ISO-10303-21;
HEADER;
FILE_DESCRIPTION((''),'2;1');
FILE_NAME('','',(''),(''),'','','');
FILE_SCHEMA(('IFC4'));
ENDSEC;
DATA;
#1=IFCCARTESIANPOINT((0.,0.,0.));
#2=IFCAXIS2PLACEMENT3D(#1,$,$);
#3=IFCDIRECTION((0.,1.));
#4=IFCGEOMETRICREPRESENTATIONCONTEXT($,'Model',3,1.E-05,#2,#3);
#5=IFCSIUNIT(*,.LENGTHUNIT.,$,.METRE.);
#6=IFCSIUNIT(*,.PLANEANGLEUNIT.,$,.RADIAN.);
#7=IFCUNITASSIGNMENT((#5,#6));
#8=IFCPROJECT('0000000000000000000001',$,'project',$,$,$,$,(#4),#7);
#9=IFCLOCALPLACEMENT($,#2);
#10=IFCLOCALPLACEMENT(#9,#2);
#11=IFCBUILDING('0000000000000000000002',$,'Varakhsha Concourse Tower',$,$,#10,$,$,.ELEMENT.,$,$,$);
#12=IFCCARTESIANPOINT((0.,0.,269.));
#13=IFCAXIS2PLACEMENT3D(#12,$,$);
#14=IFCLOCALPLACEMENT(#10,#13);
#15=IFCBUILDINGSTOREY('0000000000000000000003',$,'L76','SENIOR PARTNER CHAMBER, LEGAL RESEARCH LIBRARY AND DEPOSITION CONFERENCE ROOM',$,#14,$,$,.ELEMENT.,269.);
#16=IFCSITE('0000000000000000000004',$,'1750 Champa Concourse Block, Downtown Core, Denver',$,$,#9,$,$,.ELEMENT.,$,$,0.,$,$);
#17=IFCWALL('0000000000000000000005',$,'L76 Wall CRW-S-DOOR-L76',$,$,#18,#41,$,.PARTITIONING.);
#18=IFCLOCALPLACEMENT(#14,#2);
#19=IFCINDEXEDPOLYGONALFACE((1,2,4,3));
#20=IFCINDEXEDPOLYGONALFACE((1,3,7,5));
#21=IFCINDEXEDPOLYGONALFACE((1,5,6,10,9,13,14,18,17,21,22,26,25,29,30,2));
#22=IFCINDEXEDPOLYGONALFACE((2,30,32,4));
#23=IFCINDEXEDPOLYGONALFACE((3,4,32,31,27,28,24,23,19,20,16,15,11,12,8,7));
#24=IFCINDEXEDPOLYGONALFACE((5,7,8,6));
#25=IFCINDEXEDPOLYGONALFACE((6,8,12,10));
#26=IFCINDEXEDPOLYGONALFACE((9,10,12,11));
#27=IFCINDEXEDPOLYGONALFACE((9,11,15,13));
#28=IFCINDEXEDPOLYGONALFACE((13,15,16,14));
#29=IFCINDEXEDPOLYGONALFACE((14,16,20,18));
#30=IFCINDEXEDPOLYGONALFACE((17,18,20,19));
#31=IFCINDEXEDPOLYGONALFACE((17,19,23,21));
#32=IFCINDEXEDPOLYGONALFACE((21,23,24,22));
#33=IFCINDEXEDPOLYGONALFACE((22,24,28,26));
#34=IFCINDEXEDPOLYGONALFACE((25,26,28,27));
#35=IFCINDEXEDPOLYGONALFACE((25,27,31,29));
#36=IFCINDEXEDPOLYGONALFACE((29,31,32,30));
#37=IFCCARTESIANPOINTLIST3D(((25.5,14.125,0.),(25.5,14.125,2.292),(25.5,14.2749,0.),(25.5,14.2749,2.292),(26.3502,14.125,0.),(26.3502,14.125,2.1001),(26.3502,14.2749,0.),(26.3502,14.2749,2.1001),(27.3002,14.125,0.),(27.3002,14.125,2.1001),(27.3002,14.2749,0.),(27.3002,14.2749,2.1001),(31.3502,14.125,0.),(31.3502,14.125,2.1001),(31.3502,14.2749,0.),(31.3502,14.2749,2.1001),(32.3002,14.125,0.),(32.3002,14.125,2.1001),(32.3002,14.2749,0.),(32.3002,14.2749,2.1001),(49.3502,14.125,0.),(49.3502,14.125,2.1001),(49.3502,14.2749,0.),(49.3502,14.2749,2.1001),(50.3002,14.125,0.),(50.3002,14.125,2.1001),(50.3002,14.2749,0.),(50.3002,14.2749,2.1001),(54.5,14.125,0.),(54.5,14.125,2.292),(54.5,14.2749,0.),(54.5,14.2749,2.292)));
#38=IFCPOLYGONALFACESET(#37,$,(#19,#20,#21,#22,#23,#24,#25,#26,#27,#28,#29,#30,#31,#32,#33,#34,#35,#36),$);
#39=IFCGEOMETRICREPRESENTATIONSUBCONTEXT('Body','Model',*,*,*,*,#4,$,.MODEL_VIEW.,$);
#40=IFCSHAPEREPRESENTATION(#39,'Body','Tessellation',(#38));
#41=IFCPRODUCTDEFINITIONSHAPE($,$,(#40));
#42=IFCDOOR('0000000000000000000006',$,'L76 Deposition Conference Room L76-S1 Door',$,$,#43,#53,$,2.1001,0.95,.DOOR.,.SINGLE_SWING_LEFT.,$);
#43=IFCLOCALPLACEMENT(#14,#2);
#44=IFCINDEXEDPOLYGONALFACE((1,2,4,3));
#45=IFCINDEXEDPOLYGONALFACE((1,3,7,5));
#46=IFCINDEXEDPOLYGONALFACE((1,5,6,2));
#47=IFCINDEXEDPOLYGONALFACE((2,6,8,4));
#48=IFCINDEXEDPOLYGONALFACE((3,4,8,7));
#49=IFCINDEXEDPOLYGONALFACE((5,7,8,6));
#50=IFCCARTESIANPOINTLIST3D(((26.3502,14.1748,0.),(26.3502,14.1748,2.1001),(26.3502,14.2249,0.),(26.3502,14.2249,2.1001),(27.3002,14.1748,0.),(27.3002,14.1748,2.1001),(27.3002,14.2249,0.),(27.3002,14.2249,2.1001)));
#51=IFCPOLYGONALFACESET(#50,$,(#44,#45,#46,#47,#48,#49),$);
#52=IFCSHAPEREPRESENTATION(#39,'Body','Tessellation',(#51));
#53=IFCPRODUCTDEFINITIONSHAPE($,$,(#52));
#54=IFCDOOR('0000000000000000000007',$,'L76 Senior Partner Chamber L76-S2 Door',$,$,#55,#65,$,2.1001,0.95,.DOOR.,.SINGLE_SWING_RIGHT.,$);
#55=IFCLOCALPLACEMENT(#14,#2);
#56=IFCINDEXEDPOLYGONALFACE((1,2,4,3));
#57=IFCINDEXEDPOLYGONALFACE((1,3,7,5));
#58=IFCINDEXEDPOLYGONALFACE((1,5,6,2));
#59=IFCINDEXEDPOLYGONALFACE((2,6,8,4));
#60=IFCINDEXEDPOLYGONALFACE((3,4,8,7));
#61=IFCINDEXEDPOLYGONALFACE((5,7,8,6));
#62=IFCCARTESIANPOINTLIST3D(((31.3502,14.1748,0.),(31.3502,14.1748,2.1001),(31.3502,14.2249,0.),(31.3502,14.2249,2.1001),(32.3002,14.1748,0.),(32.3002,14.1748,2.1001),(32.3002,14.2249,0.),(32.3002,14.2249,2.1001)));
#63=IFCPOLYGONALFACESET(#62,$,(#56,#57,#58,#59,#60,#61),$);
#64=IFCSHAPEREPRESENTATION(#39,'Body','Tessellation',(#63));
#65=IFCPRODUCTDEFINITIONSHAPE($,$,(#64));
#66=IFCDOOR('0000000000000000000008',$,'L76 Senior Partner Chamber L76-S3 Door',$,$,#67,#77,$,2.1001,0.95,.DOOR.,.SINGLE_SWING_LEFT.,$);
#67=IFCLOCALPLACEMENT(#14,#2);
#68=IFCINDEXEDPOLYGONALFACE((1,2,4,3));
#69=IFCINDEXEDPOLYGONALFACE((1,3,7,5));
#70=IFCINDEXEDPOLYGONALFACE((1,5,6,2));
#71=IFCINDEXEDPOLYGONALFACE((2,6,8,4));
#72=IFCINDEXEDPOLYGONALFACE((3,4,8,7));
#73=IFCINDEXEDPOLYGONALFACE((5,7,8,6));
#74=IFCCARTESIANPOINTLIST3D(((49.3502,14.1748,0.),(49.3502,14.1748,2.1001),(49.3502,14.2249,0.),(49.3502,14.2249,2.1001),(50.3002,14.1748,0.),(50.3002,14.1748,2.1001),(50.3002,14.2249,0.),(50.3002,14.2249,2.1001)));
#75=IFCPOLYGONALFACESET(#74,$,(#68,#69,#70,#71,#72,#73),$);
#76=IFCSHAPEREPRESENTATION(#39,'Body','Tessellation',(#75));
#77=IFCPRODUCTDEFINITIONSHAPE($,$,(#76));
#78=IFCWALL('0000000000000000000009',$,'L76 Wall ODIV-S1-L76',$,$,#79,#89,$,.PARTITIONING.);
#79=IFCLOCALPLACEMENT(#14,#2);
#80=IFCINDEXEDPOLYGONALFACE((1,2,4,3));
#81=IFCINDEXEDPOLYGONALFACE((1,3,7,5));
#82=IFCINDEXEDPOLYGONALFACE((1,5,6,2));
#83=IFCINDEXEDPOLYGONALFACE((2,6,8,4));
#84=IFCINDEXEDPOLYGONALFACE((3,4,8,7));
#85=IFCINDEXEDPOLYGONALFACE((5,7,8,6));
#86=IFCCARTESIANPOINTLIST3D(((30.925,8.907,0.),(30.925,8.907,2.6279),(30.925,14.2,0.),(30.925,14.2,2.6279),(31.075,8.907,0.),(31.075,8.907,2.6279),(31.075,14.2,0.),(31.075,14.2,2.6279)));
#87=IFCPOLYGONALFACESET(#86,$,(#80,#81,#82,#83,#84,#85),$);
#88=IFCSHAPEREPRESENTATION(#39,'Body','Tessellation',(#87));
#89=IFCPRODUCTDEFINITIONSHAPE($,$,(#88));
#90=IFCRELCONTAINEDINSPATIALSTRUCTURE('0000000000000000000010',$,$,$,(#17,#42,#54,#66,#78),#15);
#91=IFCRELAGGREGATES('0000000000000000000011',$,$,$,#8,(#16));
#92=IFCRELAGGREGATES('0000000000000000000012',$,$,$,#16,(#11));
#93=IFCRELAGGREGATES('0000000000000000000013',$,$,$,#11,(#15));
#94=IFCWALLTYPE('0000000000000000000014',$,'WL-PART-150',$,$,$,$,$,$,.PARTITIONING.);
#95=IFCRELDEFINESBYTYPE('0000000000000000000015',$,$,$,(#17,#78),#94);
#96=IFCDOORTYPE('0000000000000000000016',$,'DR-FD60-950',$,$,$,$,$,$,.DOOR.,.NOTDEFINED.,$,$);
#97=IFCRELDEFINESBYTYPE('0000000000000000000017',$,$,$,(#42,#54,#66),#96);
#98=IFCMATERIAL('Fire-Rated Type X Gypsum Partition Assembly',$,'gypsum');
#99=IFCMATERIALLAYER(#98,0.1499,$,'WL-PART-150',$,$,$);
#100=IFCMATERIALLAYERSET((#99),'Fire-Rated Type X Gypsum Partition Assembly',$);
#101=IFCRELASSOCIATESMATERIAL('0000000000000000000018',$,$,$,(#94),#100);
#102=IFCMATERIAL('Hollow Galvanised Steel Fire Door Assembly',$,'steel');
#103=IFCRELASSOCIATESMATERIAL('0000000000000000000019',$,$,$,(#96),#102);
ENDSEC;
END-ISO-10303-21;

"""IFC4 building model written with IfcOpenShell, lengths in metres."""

from ifc_helpers import new_model, si_unit, direction, frame, frame_2d, origin, place, context, subcontext, project, spatial, rectangle, extrude, material, layer, layer_set, type_object, element, fill, save


model = new_model("IFC4")

# Units and contexts
model_context = context("Model", 3, precision=1e-05, world=origin(), true_north=direction((0.0, 1.0)))
body_context = subcontext(model_context, "Body", "Model", "MODEL_VIEW")
ifc_project = project(units=[si_unit("LENGTHUNIT", "METRE"), si_unit("PLANEANGLEUNIT", "RADIAN")], contexts=[model_context])

# Site, building, storey
site_placement = place(None, origin())
site = spatial("IfcSite", under=ifc_project, at=site_placement, Name="1750 Champa Concourse Block, Downtown Core, Denver", CompositionType="ELEMENT", RefElevation=0.0)
building_placement = place(site_placement, origin())
building = spatial("IfcBuilding", under=site, at=building_placement, Name="Varakhsha Concourse Tower", CompositionType="ELEMENT")
storey_placement = place(building_placement, frame((0.0, 0.0, 269.0)))
storey = spatial("IfcBuildingStorey", under=building, at=storey_placement, Name="L76", Description="SENIOR PARTNER CHAMBER, LEGAL RESEARCH LIBRARY AND DEPOSITION CONFERENCE ROOM", CompositionType="ELEMENT", Elevation=269.0)

# Wall, openings, doors
ifc_material_1 = material(Name="Fire-Rated Type X Gypsum Partition Assembly", Category="gypsum")
ifc_layer_1 = layer(ifc_material_1, 0.1499, Name="WL-PART-150")
ifc_layer_set_1 = layer_set([ifc_layer_1], Name="Fire-Rated Type X Gypsum Partition Assembly")
wall_type = type_object("IfcWallType", Name="WL-PART-150", PredefinedType="PARTITIONING", material=ifc_layer_set_1)
ifc_material_2 = material(Name="Hollow Galvanised Steel Fire Door Assembly", Category="steel")
door_type = type_object("IfcDoorType", Name="DR-FD60-950", OperationType="NOTDEFINED", PredefinedType="DOOR", material=ifc_material_2)
wall_1_placement = place(storey_placement, frame((25.5, 14.2, 0.0), z_axis=(0.0, 0.0, 1.0), x_axis=(1.0, 0.0, 0.0)))
wall_1 = element("IfcWall", 1, at=wall_1_placement, inside=storey, type_object=wall_type, Name="L76 Wall CRW-S-DOOR-L76", PredefinedType="PARTITIONING", context=body_context, shape_type="SweptSolid", body=[
    extrude(rectangle(XDim=29.0, YDim=0.1499, at=frame_2d((14.5, 0.0))), origin(), (0.0, 0.0, 1.0), 2.292),
])
opening_1_placement = place(wall_1_placement, frame((0.8501, 0.0, 0.0)))
opening_1 = element("IfcOpeningElement", 2, at=opening_1_placement, cuts=wall_1, PredefinedType="OPENING", context=body_context, shape_type="SweptSolid", body=[
    extrude(rectangle(XDim=0.95, YDim=2.1001, at=frame_2d((0.4751, 1.05))), frame((0.0, 0.085, 0.0), z_axis=(0.0, -1.0, 0.0), x_axis=(1.0, 0.0, 0.0)), (0.0, 0.0, 1.0), 0.1699),
])
opening_2_placement = place(wall_1_placement, frame((5.8501, 0.0, 0.0)))
opening_2 = element("IfcOpeningElement", 3, at=opening_2_placement, cuts=wall_1, PredefinedType="OPENING", context=body_context, shape_type="SweptSolid", body=[
    extrude(rectangle(XDim=0.95, YDim=2.1001, at=frame_2d((0.4751, 1.05))), frame((0.0, 0.085, 0.0), z_axis=(0.0, -1.0, 0.0), x_axis=(1.0, 0.0, 0.0)), (0.0, 0.0, 1.0), 0.1699),
])
opening_3_placement = place(wall_1_placement, frame((23.8501, 0.0, 0.0)))
opening_3 = element("IfcOpeningElement", 4, at=opening_3_placement, cuts=wall_1, PredefinedType="OPENING", context=body_context, shape_type="SweptSolid", body=[
    extrude(rectangle(XDim=0.95, YDim=2.1001, at=frame_2d((0.4751, 1.05))), frame((0.0, 0.085, 0.0), z_axis=(0.0, -1.0, 0.0), x_axis=(1.0, 0.0, 0.0)), (0.0, 0.0, 1.0), 0.1699),
])
door_1_placement = place(opening_1_placement, origin())
door_1 = element("IfcDoor", 5, at=door_1_placement, inside=storey, type_object=door_type, Name="L76 Deposition Conference Room L76-S1 Door", OperationType="SINGLE_SWING_LEFT", OverallHeight=2.1001, OverallWidth=0.95, PredefinedType="DOOR", context=body_context, shape_type="SweptSolid", body=[
    extrude(rectangle(XDim=0.95, YDim=2.1001, at=frame_2d((0.4751, 1.05))), frame((0.0, 0.0249, 0.0), z_axis=(0.0, -1.0, 0.0), x_axis=(1.0, 0.0, 0.0)), (0.0, 0.0, 1.0), 0.05),
])
fill(opening_1, door_1)
door_2_placement = place(opening_2_placement, origin())
door_2 = element("IfcDoor", 6, at=door_2_placement, inside=storey, type_object=door_type, Name="L76 Senior Partner Chamber L76-S2 Door", OperationType="SINGLE_SWING_RIGHT", OverallHeight=2.1001, OverallWidth=0.95, PredefinedType="DOOR", context=body_context, shape_type="SweptSolid", body=[
    extrude(rectangle(XDim=0.95, YDim=2.1001, at=frame_2d((0.4751, 1.05))), frame((0.0, 0.0249, 0.0), z_axis=(0.0, -1.0, 0.0), x_axis=(1.0, 0.0, 0.0)), (0.0, 0.0, 1.0), 0.05),
])
fill(opening_2, door_2)
door_3_placement = place(opening_3_placement, origin())
door_3 = element("IfcDoor", 7, at=door_3_placement, inside=storey, type_object=door_type, Name="L76 Senior Partner Chamber L76-S3 Door", OperationType="SINGLE_SWING_LEFT", OverallHeight=2.1001, OverallWidth=0.95, PredefinedType="DOOR", context=body_context, shape_type="SweptSolid", body=[
    extrude(rectangle(XDim=0.95, YDim=2.1001, at=frame_2d((0.4751, 1.05))), frame((0.0, 0.0249, 0.0), z_axis=(0.0, -1.0, 0.0), x_axis=(1.0, 0.0, 0.0)), (0.0, 0.0, 1.0), 0.05),
])
fill(opening_3, door_3)

# Wall
wall_2_placement = place(storey_placement, frame((31.0, 8.907, 0.0), z_axis=(0.0, 0.0, 1.0), x_axis=(0.0, 1.0, 0.0)))
element("IfcWall", 8, at=wall_2_placement, inside=storey, type_object=wall_type, Name="L76 Wall ODIV-S1-L76", PredefinedType="PARTITIONING", context=body_context, shape_type="SweptSolid", body=[
    extrude(rectangle(XDim=5.293, YDim=0.1499, at=frame_2d((2.6465, 0.0))), origin(), (0.0, 0.0, 1.0), 2.6279),
])

save(model, "model.ifc")
